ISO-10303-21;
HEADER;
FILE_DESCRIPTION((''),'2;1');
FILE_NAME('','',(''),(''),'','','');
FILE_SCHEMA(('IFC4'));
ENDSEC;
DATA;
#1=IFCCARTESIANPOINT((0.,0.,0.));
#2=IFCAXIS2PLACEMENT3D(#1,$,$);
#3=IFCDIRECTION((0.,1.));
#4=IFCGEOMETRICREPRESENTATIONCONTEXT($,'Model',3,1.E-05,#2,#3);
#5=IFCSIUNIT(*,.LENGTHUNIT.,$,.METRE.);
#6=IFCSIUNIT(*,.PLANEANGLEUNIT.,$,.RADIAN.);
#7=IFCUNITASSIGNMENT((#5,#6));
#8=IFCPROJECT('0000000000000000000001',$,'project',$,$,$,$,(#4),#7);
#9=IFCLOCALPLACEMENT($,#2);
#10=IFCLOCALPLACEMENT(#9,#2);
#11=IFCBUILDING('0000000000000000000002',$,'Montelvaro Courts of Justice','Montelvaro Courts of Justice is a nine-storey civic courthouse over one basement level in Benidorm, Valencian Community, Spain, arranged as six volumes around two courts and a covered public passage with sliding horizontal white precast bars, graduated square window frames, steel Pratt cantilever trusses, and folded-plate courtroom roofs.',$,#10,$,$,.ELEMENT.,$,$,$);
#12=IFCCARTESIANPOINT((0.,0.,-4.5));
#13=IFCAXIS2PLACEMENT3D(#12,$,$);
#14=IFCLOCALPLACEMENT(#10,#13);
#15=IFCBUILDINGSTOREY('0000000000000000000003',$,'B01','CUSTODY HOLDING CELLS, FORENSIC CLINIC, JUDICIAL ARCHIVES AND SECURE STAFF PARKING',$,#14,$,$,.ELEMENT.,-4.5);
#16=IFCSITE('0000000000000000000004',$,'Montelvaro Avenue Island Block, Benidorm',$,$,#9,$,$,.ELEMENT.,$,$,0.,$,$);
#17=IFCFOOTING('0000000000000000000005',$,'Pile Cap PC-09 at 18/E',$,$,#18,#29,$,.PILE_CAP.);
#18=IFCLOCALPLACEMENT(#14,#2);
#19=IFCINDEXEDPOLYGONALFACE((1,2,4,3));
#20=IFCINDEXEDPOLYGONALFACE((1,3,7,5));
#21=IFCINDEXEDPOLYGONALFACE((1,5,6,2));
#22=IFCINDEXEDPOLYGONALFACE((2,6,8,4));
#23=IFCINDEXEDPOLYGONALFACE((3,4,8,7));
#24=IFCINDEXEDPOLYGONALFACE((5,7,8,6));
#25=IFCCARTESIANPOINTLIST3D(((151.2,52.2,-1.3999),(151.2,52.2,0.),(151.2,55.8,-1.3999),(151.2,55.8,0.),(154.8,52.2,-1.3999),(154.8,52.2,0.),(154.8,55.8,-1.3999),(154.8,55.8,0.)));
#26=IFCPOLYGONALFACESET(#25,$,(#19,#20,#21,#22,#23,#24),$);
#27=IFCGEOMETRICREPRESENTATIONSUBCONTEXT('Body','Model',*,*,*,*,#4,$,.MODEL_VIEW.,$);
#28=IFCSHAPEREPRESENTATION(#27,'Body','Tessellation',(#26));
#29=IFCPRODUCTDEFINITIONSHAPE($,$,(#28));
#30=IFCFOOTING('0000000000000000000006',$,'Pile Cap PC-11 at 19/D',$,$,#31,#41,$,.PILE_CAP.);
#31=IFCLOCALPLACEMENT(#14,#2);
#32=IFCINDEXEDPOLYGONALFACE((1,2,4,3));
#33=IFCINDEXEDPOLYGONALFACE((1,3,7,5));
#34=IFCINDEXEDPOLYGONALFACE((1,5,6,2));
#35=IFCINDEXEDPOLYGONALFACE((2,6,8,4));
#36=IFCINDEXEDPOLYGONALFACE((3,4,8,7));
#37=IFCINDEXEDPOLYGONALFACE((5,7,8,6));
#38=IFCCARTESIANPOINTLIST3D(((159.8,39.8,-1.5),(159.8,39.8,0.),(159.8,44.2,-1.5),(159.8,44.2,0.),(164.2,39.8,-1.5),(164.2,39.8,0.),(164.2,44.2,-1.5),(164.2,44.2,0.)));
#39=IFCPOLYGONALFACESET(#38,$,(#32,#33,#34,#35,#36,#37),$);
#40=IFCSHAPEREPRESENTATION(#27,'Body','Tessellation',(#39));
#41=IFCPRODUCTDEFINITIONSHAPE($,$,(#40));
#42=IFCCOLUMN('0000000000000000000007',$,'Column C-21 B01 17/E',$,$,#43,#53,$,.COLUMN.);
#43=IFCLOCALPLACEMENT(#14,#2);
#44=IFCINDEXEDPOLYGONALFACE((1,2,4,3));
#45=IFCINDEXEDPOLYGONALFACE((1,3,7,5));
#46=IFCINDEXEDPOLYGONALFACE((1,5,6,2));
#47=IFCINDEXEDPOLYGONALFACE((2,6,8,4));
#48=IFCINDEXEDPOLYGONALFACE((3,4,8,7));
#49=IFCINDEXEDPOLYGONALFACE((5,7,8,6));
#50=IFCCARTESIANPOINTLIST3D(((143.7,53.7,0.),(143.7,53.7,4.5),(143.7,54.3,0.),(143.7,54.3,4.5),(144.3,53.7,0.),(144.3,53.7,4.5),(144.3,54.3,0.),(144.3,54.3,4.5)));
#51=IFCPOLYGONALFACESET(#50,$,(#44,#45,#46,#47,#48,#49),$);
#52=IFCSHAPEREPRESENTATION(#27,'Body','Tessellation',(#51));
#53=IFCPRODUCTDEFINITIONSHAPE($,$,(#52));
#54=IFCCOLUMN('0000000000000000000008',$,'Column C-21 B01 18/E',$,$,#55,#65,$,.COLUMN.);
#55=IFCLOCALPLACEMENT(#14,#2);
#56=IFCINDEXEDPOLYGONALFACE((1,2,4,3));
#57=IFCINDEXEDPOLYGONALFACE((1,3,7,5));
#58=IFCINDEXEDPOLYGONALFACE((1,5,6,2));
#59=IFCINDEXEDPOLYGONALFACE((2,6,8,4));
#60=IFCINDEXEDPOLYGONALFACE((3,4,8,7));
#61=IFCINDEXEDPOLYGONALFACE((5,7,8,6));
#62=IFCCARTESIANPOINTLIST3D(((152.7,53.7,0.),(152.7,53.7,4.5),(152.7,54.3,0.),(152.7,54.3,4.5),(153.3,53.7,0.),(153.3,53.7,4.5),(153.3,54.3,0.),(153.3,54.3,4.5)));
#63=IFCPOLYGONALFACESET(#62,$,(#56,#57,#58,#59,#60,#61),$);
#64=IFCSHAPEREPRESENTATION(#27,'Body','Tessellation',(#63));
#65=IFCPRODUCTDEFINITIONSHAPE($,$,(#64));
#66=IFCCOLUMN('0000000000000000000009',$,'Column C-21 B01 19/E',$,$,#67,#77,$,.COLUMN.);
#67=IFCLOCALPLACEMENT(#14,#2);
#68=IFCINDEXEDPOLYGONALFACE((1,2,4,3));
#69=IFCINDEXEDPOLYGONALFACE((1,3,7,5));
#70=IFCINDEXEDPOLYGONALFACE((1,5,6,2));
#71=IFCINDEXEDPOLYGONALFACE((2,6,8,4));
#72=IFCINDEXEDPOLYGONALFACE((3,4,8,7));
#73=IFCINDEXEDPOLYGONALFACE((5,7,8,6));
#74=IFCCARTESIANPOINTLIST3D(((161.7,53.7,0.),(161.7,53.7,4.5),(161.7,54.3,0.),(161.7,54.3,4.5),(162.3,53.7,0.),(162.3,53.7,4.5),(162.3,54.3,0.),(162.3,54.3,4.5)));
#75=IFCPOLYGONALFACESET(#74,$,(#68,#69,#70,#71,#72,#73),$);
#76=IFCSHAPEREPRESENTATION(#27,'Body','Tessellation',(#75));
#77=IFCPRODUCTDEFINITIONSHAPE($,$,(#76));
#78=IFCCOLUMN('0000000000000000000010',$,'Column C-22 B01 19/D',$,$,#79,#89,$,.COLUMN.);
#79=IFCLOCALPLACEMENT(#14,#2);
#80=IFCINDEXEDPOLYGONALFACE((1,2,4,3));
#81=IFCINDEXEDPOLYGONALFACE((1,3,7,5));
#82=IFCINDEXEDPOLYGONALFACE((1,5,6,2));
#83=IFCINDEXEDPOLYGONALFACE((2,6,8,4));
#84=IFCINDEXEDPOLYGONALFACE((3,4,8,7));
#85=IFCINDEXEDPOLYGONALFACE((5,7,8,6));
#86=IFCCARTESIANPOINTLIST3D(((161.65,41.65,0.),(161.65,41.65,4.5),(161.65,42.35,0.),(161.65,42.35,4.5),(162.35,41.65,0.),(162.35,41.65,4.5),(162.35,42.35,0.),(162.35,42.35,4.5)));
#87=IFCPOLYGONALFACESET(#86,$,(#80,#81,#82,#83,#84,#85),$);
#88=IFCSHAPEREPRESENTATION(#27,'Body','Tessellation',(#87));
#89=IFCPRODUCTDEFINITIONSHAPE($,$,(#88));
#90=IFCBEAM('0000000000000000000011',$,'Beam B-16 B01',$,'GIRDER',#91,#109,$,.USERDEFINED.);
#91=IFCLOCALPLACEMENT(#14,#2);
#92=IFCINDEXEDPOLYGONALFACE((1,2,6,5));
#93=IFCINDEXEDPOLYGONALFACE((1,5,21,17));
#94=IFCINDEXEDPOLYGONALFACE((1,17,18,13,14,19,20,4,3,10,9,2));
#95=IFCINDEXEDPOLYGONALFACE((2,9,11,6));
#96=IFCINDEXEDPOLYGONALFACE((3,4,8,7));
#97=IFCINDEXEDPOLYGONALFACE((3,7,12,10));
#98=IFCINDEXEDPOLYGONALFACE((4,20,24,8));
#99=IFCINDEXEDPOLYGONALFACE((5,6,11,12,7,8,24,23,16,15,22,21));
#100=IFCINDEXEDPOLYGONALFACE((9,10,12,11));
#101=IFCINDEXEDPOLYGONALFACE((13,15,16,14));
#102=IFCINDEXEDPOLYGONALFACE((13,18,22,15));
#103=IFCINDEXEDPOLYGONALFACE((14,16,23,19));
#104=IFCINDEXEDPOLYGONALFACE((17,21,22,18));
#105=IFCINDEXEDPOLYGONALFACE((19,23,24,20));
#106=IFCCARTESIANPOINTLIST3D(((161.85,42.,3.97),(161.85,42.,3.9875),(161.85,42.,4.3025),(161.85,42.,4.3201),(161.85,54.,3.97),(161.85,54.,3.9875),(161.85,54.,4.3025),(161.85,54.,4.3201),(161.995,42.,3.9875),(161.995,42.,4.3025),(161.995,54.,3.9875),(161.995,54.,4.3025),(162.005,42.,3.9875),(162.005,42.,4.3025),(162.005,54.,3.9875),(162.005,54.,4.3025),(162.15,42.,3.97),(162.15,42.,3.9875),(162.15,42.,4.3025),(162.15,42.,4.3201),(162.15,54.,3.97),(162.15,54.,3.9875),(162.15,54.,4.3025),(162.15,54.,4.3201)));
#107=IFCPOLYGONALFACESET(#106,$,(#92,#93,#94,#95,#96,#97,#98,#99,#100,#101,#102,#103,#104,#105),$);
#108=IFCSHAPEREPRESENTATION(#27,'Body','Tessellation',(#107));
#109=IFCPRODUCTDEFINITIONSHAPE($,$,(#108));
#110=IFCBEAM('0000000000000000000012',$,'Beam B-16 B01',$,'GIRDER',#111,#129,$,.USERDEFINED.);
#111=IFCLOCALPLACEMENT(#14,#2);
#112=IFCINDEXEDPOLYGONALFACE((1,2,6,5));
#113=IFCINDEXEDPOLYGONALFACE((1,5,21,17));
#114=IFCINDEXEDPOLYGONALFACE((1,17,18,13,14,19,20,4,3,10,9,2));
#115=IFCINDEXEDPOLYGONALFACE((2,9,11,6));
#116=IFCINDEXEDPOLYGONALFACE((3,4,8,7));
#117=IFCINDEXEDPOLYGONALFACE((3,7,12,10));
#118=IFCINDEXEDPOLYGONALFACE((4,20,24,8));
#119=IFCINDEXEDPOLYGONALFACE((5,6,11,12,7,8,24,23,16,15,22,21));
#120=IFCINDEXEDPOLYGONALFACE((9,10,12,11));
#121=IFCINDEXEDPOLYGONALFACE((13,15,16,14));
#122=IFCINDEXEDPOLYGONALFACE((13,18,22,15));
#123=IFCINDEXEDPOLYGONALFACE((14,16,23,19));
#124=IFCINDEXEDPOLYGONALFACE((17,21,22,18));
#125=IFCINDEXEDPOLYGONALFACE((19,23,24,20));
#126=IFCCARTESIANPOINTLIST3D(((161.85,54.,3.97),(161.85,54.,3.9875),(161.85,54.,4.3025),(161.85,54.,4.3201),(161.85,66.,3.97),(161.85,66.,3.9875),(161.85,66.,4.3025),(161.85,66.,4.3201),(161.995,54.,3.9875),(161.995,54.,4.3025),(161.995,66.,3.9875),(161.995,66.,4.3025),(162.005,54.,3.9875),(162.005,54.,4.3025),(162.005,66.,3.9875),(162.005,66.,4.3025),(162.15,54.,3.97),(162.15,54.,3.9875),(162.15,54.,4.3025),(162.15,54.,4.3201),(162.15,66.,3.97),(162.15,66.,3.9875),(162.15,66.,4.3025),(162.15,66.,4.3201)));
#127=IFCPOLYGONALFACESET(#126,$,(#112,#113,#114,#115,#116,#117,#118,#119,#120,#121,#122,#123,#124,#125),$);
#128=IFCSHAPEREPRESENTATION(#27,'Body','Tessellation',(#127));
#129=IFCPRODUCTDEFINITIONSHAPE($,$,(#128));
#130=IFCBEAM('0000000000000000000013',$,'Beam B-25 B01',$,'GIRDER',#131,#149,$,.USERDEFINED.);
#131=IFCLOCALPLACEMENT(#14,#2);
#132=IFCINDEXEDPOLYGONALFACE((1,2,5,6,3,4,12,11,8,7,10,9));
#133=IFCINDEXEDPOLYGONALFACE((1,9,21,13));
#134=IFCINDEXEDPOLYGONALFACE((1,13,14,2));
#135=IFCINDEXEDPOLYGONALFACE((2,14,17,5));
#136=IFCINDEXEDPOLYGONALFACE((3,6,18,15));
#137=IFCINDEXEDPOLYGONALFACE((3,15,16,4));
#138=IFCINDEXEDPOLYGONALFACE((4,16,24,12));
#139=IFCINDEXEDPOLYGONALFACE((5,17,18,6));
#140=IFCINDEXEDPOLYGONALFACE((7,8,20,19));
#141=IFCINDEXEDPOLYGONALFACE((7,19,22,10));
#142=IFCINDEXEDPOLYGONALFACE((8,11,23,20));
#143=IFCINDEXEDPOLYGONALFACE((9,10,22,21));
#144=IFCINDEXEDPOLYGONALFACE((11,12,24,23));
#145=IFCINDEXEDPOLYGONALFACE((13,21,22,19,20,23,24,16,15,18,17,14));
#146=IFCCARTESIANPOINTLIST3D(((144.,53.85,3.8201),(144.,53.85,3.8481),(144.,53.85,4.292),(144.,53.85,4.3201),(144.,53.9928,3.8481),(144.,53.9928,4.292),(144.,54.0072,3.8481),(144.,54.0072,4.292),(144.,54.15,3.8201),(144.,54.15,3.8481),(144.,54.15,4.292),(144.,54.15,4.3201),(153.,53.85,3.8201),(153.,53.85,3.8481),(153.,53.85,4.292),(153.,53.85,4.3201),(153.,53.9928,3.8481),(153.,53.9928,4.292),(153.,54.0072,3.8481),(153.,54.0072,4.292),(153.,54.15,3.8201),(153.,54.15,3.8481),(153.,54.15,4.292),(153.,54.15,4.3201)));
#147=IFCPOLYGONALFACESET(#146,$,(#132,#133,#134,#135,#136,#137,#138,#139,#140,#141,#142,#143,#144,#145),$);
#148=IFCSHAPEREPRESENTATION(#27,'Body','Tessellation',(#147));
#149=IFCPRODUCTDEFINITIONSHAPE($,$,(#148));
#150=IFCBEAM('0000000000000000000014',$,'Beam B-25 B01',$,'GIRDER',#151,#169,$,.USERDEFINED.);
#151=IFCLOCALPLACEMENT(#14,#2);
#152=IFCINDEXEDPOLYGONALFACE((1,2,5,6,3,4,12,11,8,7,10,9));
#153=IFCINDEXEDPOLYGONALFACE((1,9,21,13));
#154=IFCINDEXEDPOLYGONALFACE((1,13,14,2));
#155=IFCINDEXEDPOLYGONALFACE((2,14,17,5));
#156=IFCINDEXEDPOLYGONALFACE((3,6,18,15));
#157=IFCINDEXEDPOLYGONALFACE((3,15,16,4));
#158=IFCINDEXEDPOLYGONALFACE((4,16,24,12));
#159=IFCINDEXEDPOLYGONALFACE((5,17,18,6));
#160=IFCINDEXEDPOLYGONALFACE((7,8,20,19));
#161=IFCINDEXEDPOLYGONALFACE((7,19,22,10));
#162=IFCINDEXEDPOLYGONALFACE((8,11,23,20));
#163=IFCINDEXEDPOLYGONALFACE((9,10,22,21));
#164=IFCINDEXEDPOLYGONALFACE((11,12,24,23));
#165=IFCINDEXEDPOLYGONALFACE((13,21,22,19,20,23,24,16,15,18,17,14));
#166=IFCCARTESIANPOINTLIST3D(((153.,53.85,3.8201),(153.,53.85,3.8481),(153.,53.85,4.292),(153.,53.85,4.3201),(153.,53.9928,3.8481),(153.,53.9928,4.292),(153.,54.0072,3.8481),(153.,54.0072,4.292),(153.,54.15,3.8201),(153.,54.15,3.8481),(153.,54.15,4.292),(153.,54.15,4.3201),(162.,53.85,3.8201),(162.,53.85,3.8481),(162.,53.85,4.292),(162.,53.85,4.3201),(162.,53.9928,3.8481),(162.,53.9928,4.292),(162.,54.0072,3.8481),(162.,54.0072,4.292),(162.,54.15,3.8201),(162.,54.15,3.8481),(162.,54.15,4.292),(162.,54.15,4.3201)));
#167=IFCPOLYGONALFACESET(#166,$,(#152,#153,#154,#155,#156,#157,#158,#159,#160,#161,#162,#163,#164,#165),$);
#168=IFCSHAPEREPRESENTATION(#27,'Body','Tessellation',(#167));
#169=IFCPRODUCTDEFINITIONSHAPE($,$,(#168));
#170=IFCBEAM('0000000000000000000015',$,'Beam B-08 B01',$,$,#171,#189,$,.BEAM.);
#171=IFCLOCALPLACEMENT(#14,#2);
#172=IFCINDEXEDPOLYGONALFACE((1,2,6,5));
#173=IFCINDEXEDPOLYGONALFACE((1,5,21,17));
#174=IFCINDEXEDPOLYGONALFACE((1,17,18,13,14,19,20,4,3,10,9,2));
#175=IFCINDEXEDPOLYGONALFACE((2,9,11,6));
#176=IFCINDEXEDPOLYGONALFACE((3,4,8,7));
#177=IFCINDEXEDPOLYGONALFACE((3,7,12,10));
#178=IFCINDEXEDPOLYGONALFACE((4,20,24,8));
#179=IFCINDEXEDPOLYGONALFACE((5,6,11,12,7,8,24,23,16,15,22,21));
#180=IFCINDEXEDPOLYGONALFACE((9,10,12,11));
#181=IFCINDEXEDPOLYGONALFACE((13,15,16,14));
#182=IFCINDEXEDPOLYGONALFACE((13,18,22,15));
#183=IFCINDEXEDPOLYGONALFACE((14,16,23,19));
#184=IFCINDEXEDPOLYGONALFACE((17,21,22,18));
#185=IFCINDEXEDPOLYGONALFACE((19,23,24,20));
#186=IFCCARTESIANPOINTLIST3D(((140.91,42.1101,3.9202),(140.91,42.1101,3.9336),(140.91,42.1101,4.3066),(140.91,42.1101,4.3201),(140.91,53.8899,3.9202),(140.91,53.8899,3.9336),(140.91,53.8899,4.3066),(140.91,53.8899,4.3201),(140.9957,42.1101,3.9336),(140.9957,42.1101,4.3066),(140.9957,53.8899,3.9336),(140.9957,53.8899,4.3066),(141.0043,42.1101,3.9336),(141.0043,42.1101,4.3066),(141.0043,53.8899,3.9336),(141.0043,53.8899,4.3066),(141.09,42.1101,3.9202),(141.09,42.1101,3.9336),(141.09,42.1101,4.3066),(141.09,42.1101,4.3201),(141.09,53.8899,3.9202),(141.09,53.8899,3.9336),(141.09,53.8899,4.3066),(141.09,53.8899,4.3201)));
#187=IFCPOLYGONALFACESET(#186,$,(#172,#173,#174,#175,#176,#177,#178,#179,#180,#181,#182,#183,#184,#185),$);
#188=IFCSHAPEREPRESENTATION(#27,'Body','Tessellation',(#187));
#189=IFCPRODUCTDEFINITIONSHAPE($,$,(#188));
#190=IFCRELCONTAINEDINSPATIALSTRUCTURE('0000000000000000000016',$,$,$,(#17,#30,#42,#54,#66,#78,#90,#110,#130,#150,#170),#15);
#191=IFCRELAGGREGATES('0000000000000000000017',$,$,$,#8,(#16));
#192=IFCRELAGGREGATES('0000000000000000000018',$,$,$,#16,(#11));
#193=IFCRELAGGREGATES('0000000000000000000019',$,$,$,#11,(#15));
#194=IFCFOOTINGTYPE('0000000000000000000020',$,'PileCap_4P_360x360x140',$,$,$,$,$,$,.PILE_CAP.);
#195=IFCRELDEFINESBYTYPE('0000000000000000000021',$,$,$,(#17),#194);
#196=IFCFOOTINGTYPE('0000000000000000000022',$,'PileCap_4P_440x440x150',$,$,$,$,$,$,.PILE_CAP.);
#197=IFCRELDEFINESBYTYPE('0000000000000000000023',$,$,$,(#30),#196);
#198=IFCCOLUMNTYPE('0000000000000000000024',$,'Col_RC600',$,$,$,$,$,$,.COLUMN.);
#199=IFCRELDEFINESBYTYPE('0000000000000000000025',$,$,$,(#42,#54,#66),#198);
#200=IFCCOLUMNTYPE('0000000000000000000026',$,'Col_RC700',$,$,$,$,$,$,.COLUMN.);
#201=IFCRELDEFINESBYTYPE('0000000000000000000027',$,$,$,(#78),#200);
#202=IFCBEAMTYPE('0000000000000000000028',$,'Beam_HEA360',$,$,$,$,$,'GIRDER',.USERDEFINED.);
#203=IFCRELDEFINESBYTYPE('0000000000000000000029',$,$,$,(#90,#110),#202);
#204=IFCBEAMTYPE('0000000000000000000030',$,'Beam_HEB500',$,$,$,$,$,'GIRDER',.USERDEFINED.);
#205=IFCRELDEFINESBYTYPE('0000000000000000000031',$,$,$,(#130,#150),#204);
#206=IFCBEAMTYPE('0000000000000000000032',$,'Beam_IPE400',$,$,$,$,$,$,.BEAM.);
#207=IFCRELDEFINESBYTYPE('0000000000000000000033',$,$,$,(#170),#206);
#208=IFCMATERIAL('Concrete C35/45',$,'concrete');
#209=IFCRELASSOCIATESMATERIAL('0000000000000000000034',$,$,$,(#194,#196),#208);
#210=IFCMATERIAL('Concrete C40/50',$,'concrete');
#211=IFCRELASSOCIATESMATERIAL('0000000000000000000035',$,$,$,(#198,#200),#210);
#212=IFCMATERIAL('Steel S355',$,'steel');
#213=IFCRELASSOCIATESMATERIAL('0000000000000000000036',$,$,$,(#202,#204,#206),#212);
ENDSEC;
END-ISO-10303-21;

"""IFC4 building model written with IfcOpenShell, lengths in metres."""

from ifc_helpers import new_model, si_unit, direction, frame, origin, origin_2d, place, context, subcontext, project, spatial, rectangle, i_section, extrude, material, material_profile, profile_set, type_object, element, save


model = new_model("IFC4")

# Units and contexts
model_context = context("Model", 3, precision=1e-05, world=origin(), true_north=direction((0.0, 1.0)))
body_context = subcontext(model_context, "Body", "Model", "MODEL_VIEW")
ifc_project = project(units=[si_unit("LENGTHUNIT", "METRE"), si_unit("PLANEANGLEUNIT", "RADIAN")], contexts=[model_context])

# Site, building, storey
site_placement = place(None, origin())
site = spatial("IfcSite", under=ifc_project, at=site_placement, Name="Montelvaro Avenue Island Block, Benidorm", CompositionType="ELEMENT", RefElevation=0.0)
building_placement = place(site_placement, origin())
building = spatial("IfcBuilding", under=site, at=building_placement, Name="Montelvaro Courts of Justice", Description="Montelvaro Courts of Justice is a nine-storey civic courthouse over one basement level in Benidorm, Valencian Community, Spain, arranged as six volumes around two courts and a covered public passage with sliding horizontal white precast bars, graduated square window frames, steel Pratt cantilever trusses, and folded-plate courtroom roofs.", CompositionType="ELEMENT")
storey_placement = place(building_placement, frame((0.0, 0.0, -4.5)))
storey = spatial("IfcBuildingStorey", under=building, at=storey_placement, Name="B01", Description="CUSTODY HOLDING CELLS, FORENSIC CLINIC, JUDICIAL ARCHIVES AND SECURE STAFF PARKING", CompositionType="ELEMENT", Elevation=-4.5)

# Shared definitions
ifc_material_1 = material(Name="Concrete C35/45", Category="concrete")

# Footings
footing_type_1 = type_object("IfcFootingType", Name="PileCap_4P_360x360x140", PredefinedType="PILE_CAP", material=ifc_material_1)
footing_1_placement = place(storey_placement, frame((153.0, 54.0, -1.3999), z_axis=(0.0, 0.0, 1.0), x_axis=(1.0, 0.0, 0.0)))
element("IfcFooting", 1, at=footing_1_placement, inside=storey, type_object=footing_type_1, Name="Pile Cap PC-09 at 18/E", PredefinedType="PILE_CAP", context=body_context, shape_type="SweptSolid", body=[
    extrude(rectangle(XDim=3.6001, YDim=3.6001, at=origin_2d()), origin(), (0.0, 0.0, 1.0), 1.3999),
])
footing_type_2 = type_object("IfcFootingType", Name="PileCap_4P_440x440x150", PredefinedType="PILE_CAP", material=ifc_material_1)
footing_2_placement = place(storey_placement, frame((162.0, 42.0, -1.5), z_axis=(0.0, 0.0, 1.0), x_axis=(1.0, 0.0, 0.0)))
element("IfcFooting", 2, at=footing_2_placement, inside=storey, type_object=footing_type_2, Name="Pile Cap PC-11 at 19/D", PredefinedType="PILE_CAP", context=body_context, shape_type="SweptSolid", body=[
    extrude(rectangle(XDim=4.3999, YDim=4.3999, at=origin_2d()), origin(), (0.0, 0.0, 1.0), 1.5),
])

# Columns
ifc_material_2 = material(Name="Concrete C40/50", Category="concrete")
ifc_material_profile_1 = material_profile(ifc_material_2, rectangle(XDim=0.6001, YDim=0.6001, at=origin_2d()), Name="RC 600x600")
ifc_profile_set_1 = profile_set([ifc_material_profile_1], Name="Concrete C40/50")
column_type_1 = type_object("IfcColumnType", Name="Col_RC600", PredefinedType="COLUMN", material=ifc_profile_set_1)
for number, where, z_axis, x_axis, name in (
    (3, (144.0, 54.0, 0.0), (0.0, 0.0, 1.0), (1.0, 0.0, 0.0), "Column C-21 B01 17/E"),
    (4, (153.0, 54.0, 0.0), (0.0, 0.0, 1.0), (1.0, 0.0, 0.0), "Column C-21 B01 18/E"),
    (5, (162.0, 54.0, 0.0), (0.0, 0.0, 1.0), (1.0, 0.0, 0.0), "Column C-21 B01 19/E"),
):
    element("IfcColumn", number, at=place(storey_placement, frame(where, z_axis=z_axis, x_axis=x_axis)), inside=storey, type_object=column_type_1, Name=name, PredefinedType="COLUMN", context=body_context, shape_type="SweptSolid", body=[
        extrude(rectangle(XDim=0.6001, YDim=0.6001, at=origin_2d()), origin(), (0.0, 0.0, 1.0), 4.5),
    ])
ifc_material_profile_2 = material_profile(ifc_material_2, rectangle(XDim=0.7, YDim=0.7, at=origin_2d()), Name="RC 700x700")
ifc_profile_set_2 = profile_set([ifc_material_profile_2], Name="Concrete C40/50")
column_type_2 = type_object("IfcColumnType", Name="Col_RC700", PredefinedType="COLUMN", material=ifc_profile_set_2)
column_placement = place(storey_placement, frame((162.0, 42.0, 0.0), z_axis=(0.0, 0.0, 1.0), x_axis=(1.0, 0.0, 0.0)))
element("IfcColumn", 6, at=column_placement, inside=storey, type_object=column_type_2, Name="Column C-22 B01 19/D", PredefinedType="COLUMN", context=body_context, shape_type="SweptSolid", body=[
    extrude(rectangle(XDim=0.7, YDim=0.7, at=origin_2d()), origin(), (0.0, 0.0, 1.0), 4.5),
])

# Beams
ifc_material_3 = material(Name="Steel S355", Category="steel")
ifc_material_profile_3 = material_profile(ifc_material_3, i_section(OverallWidth=0.3, OverallDepth=0.3501, WebThickness=0.01, FlangeThickness=0.0176, at=origin_2d()), Name="HEA 360")
ifc_profile_set_3 = profile_set([ifc_material_profile_3], Name="Steel S355")
beam_type_1 = type_object("IfcBeamType", Name="Beam_HEA360", ElementType="GIRDER", PredefinedType="USERDEFINED", material=ifc_profile_set_3)
for number, where, z_axis, x_axis, name in (
    (7, (162.0, 42.0, 4.145), (0.0, 1.0, 0.0), (-1.0, 0.0, 0.0), "Beam B-16 B01"),
    (8, (162.0, 54.0, 4.145), (0.0, 1.0, 0.0), (-1.0, 0.0, 0.0), "Beam B-16 B01"),
):
    element("IfcBeam", number, at=place(storey_placement, frame(where, z_axis=z_axis, x_axis=x_axis)), inside=storey, type_object=beam_type_1, Name=name, ObjectType="GIRDER", PredefinedType="USERDEFINED", context=body_context, shape_type="SweptSolid", body=[
        extrude(i_section(OverallWidth=0.3, OverallDepth=0.3501, WebThickness=0.01, FlangeThickness=0.0176, at=origin_2d()), origin(), (0.0, 0.0, 1.0), 12.0),
    ])
ifc_material_profile_4 = material_profile(ifc_material_3, i_section(OverallWidth=0.3, OverallDepth=0.5, WebThickness=0.0144, FlangeThickness=0.0281, at=origin_2d()), Name="HEB 500")
ifc_profile_set_4 = profile_set([ifc_material_profile_4], Name="Steel S355")
beam_type_2 = type_object("IfcBeamType", Name="Beam_HEB500", ElementType="GIRDER", PredefinedType="USERDEFINED", material=ifc_profile_set_4)
for number, where, z_axis, x_axis, name in (
    (9, (144.0, 54.0, 4.0701), (1.0, 0.0, 0.0), (0.0, 1.0, 0.0), "Beam B-25 B01"),
    (10, (153.0, 54.0, 4.0701), (1.0, 0.0, 0.0), (0.0, 1.0, 0.0), "Beam B-25 B01"),
):
    element("IfcBeam", number, at=place(storey_placement, frame(where, z_axis=z_axis, x_axis=x_axis)), inside=storey, type_object=beam_type_2, Name=name, ObjectType="GIRDER", PredefinedType="USERDEFINED", context=body_context, shape_type="SweptSolid", body=[
        extrude(i_section(OverallWidth=0.3, OverallDepth=0.5, WebThickness=0.0144, FlangeThickness=0.0281, at=origin_2d()), origin(), (0.0, 0.0, 1.0), 9.0),
    ])
ifc_material_profile_5 = material_profile(ifc_material_3, i_section(OverallWidth=0.1799, OverallDepth=0.3999, WebThickness=0.0085, FlangeThickness=0.0134, at=origin_2d()), Name="IPE 400")
ifc_profile_set_5 = profile_set([ifc_material_profile_5], Name="Steel S355")
beam_type_3 = type_object("IfcBeamType", Name="Beam_IPE400", PredefinedType="BEAM", material=ifc_profile_set_5)
for number, where, z_axis, x_axis, name in (
    (11, (141.0, 42.1101, 4.1201), (0.0, 1.0, 0.0), (-1.0, 0.0, 0.0), "Beam B-08 B01"),
):
    element("IfcBeam", number, at=place(storey_placement, frame(where, z_axis=z_axis, x_axis=x_axis)), inside=storey, type_object=beam_type_3, Name=name, PredefinedType="BEAM", context=body_context, shape_type="SweptSolid", body=[
        extrude(i_section(OverallWidth=0.1799, OverallDepth=0.3999, WebThickness=0.0085, FlangeThickness=0.0134, at=origin_2d()), origin(), (0.0, 0.0, 1.0), 11.7798),
    ])

save(model, "model.ifc")
